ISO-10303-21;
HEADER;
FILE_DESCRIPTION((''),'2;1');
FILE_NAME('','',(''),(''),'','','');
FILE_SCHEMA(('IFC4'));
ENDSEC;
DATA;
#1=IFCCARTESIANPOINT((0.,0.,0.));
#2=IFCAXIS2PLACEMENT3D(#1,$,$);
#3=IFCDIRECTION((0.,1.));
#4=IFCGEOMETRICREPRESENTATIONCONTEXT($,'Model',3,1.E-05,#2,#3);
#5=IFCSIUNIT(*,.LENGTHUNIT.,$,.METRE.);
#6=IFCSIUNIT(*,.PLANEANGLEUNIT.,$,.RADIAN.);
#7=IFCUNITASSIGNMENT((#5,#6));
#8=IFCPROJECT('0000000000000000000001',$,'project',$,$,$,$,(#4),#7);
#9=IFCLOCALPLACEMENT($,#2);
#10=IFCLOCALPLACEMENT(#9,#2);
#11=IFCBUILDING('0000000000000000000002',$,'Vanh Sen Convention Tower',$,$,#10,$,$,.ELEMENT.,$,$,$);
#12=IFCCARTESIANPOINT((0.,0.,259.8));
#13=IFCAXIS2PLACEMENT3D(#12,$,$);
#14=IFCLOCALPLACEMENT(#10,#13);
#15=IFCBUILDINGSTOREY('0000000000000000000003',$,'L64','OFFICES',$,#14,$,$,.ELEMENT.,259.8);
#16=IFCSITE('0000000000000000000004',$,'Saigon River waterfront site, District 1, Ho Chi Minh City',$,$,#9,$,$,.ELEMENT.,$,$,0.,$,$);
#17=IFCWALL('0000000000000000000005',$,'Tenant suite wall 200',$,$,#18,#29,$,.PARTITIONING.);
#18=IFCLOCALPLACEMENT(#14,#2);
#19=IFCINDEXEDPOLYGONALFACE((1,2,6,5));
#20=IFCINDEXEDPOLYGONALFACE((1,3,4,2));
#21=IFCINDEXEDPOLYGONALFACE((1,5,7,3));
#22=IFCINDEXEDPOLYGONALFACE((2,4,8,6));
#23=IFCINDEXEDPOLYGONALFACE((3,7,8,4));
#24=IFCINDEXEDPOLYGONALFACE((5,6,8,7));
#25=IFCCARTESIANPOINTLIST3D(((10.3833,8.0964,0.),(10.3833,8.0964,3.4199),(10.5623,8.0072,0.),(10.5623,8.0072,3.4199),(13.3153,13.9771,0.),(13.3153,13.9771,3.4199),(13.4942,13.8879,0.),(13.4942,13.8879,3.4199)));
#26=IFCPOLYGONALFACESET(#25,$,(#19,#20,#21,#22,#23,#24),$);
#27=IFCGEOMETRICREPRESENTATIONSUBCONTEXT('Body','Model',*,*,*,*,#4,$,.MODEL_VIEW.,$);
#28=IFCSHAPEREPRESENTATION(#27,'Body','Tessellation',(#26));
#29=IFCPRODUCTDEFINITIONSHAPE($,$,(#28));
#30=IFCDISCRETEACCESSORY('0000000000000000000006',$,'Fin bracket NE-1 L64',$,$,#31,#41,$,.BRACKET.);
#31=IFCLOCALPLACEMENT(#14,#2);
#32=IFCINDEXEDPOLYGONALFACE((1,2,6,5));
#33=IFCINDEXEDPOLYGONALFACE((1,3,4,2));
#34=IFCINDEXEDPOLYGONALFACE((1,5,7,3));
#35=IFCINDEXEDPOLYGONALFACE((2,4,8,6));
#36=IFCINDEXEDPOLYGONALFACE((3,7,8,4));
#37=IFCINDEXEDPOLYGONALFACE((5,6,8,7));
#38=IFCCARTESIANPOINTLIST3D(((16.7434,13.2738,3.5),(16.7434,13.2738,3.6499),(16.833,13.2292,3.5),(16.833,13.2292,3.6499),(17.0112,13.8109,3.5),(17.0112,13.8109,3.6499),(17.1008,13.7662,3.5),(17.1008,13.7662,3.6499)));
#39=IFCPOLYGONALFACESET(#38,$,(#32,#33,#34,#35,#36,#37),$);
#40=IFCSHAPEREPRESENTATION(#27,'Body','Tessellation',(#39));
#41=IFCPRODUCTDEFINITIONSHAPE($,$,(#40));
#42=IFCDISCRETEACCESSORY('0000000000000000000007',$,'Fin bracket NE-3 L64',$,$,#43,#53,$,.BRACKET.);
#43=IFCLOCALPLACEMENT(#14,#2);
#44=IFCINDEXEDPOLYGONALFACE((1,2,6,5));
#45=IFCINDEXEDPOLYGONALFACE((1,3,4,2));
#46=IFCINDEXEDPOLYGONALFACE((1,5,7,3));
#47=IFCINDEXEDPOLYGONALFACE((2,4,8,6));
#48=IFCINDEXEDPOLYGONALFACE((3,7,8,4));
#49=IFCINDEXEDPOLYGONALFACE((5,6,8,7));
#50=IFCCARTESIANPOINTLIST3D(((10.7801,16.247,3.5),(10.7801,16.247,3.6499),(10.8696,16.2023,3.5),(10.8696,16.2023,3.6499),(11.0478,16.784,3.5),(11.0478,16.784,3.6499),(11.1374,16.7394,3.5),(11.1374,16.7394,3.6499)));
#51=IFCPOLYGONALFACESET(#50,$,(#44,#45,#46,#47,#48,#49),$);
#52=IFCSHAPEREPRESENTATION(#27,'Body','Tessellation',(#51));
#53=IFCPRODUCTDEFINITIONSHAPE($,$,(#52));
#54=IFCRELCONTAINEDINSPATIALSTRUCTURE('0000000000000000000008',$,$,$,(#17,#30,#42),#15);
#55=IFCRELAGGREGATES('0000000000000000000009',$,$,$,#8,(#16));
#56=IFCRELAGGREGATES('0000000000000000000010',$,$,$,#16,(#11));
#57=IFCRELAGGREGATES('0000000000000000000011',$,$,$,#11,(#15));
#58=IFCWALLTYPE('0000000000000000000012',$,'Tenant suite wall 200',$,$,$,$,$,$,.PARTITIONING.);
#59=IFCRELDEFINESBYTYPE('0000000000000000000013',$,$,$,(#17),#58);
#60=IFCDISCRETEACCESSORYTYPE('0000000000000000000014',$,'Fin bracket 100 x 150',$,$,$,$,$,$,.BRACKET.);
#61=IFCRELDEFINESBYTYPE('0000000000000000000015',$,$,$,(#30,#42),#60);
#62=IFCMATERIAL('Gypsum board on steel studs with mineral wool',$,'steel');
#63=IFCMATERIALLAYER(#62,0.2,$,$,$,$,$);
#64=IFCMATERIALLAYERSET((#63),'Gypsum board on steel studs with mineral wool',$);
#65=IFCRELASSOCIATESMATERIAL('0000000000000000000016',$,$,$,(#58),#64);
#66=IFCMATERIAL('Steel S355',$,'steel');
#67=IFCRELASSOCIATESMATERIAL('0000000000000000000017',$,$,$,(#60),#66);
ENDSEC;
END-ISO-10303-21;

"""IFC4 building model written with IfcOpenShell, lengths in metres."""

from ifc_helpers import new_model, si_unit, direction, frame, frame_2d, origin, origin_2d, place, context, subcontext, project, spatial, rectangle, extrude, material, layer, layer_set, type_object, element, save


model = new_model("IFC4")

# Units and contexts
model_context = context("Model", 3, precision=1e-05, world=origin(), true_north=direction((0.0, 1.0)))
body_context = subcontext(model_context, "Body", "Model", "MODEL_VIEW")
ifc_project = project(units=[si_unit("LENGTHUNIT", "METRE"), si_unit("PLANEANGLEUNIT", "RADIAN")], contexts=[model_context])

# Site, building, storey
site_placement = place(None, origin())
site = spatial("IfcSite", under=ifc_project, at=site_placement, Name="Saigon River waterfront site, District 1, Ho Chi Minh City", CompositionType="ELEMENT", RefElevation=0.0)
building_placement = place(site_placement, origin())
building = spatial("IfcBuilding", under=site, at=building_placement, Name="Vanh Sen Convention Tower", CompositionType="ELEMENT")
storey_placement = place(building_placement, frame((0.0, 0.0, 259.8)))
storey = spatial("IfcBuildingStorey", under=building, at=storey_placement, Name="L64", Description="OFFICES", CompositionType="ELEMENT", Elevation=259.8)

# Wall
ifc_material_1 = material(Name="Gypsum board on steel studs with mineral wool", Category="steel")
ifc_layer_1 = layer(ifc_material_1, 0.2)
ifc_layer_set_1 = layer_set([ifc_layer_1], Name="Gypsum board on steel studs with mineral wool")
wall_type_1 = type_object("IfcWallType", Name="Tenant suite wall 200", PredefinedType="PARTITIONING", material=ifc_layer_set_1)
wall_1_placement = place(storey_placement, frame((13.4048, 13.9326, 0.0), z_axis=(0.0, 0.0, 1.0), x_axis=(-0.446188, -0.894939, 0.0)))
element("IfcWall", 1, at=wall_1_placement, inside=storey, type_object=wall_type_1, Name="Tenant suite wall 200", PredefinedType="PARTITIONING", context=body_context, shape_type="SweptSolid", body=[
    extrude(rectangle(XDim=6.571, YDim=0.2, at=frame_2d((3.2856, 0.0))), origin(), (0.0, 0.0, 1.0), 3.4199),
])

# Discrete accessories
ifc_material_2 = material(Name="Steel S355", Category="steel")
discrete_accessory_type = type_object("IfcDiscreteAccessoryType", Name="Fin bracket 100 x 150", PredefinedType="BRACKET", material=ifc_material_2)
for number, where, z_axis, x_axis, name in (
    (2, (16.9221, 13.52, 3.5), (0.0, 0.0, 1.0), (0.446198, 0.894934, 0.0), "Fin bracket NE-1 L64"),
    (3, (10.9587, 16.4932, 3.5), (0.0, 0.0, 1.0), (0.446198, 0.894934, 0.0), "Fin bracket NE-3 L64"),
):
    element("IfcDiscreteAccessory", number, at=place(storey_placement, frame(where, z_axis=z_axis, x_axis=x_axis)), inside=storey, type_object=discrete_accessory_type, Name=name, PredefinedType="BRACKET", context=body_context, shape_type="SweptSolid", body=[
        extrude(rectangle(XDim=0.6001, YDim=0.1001, at=origin_2d()), origin(), (0.0, 0.0, 1.0), 0.1499),
    ])

save(model, "model.ifc")
